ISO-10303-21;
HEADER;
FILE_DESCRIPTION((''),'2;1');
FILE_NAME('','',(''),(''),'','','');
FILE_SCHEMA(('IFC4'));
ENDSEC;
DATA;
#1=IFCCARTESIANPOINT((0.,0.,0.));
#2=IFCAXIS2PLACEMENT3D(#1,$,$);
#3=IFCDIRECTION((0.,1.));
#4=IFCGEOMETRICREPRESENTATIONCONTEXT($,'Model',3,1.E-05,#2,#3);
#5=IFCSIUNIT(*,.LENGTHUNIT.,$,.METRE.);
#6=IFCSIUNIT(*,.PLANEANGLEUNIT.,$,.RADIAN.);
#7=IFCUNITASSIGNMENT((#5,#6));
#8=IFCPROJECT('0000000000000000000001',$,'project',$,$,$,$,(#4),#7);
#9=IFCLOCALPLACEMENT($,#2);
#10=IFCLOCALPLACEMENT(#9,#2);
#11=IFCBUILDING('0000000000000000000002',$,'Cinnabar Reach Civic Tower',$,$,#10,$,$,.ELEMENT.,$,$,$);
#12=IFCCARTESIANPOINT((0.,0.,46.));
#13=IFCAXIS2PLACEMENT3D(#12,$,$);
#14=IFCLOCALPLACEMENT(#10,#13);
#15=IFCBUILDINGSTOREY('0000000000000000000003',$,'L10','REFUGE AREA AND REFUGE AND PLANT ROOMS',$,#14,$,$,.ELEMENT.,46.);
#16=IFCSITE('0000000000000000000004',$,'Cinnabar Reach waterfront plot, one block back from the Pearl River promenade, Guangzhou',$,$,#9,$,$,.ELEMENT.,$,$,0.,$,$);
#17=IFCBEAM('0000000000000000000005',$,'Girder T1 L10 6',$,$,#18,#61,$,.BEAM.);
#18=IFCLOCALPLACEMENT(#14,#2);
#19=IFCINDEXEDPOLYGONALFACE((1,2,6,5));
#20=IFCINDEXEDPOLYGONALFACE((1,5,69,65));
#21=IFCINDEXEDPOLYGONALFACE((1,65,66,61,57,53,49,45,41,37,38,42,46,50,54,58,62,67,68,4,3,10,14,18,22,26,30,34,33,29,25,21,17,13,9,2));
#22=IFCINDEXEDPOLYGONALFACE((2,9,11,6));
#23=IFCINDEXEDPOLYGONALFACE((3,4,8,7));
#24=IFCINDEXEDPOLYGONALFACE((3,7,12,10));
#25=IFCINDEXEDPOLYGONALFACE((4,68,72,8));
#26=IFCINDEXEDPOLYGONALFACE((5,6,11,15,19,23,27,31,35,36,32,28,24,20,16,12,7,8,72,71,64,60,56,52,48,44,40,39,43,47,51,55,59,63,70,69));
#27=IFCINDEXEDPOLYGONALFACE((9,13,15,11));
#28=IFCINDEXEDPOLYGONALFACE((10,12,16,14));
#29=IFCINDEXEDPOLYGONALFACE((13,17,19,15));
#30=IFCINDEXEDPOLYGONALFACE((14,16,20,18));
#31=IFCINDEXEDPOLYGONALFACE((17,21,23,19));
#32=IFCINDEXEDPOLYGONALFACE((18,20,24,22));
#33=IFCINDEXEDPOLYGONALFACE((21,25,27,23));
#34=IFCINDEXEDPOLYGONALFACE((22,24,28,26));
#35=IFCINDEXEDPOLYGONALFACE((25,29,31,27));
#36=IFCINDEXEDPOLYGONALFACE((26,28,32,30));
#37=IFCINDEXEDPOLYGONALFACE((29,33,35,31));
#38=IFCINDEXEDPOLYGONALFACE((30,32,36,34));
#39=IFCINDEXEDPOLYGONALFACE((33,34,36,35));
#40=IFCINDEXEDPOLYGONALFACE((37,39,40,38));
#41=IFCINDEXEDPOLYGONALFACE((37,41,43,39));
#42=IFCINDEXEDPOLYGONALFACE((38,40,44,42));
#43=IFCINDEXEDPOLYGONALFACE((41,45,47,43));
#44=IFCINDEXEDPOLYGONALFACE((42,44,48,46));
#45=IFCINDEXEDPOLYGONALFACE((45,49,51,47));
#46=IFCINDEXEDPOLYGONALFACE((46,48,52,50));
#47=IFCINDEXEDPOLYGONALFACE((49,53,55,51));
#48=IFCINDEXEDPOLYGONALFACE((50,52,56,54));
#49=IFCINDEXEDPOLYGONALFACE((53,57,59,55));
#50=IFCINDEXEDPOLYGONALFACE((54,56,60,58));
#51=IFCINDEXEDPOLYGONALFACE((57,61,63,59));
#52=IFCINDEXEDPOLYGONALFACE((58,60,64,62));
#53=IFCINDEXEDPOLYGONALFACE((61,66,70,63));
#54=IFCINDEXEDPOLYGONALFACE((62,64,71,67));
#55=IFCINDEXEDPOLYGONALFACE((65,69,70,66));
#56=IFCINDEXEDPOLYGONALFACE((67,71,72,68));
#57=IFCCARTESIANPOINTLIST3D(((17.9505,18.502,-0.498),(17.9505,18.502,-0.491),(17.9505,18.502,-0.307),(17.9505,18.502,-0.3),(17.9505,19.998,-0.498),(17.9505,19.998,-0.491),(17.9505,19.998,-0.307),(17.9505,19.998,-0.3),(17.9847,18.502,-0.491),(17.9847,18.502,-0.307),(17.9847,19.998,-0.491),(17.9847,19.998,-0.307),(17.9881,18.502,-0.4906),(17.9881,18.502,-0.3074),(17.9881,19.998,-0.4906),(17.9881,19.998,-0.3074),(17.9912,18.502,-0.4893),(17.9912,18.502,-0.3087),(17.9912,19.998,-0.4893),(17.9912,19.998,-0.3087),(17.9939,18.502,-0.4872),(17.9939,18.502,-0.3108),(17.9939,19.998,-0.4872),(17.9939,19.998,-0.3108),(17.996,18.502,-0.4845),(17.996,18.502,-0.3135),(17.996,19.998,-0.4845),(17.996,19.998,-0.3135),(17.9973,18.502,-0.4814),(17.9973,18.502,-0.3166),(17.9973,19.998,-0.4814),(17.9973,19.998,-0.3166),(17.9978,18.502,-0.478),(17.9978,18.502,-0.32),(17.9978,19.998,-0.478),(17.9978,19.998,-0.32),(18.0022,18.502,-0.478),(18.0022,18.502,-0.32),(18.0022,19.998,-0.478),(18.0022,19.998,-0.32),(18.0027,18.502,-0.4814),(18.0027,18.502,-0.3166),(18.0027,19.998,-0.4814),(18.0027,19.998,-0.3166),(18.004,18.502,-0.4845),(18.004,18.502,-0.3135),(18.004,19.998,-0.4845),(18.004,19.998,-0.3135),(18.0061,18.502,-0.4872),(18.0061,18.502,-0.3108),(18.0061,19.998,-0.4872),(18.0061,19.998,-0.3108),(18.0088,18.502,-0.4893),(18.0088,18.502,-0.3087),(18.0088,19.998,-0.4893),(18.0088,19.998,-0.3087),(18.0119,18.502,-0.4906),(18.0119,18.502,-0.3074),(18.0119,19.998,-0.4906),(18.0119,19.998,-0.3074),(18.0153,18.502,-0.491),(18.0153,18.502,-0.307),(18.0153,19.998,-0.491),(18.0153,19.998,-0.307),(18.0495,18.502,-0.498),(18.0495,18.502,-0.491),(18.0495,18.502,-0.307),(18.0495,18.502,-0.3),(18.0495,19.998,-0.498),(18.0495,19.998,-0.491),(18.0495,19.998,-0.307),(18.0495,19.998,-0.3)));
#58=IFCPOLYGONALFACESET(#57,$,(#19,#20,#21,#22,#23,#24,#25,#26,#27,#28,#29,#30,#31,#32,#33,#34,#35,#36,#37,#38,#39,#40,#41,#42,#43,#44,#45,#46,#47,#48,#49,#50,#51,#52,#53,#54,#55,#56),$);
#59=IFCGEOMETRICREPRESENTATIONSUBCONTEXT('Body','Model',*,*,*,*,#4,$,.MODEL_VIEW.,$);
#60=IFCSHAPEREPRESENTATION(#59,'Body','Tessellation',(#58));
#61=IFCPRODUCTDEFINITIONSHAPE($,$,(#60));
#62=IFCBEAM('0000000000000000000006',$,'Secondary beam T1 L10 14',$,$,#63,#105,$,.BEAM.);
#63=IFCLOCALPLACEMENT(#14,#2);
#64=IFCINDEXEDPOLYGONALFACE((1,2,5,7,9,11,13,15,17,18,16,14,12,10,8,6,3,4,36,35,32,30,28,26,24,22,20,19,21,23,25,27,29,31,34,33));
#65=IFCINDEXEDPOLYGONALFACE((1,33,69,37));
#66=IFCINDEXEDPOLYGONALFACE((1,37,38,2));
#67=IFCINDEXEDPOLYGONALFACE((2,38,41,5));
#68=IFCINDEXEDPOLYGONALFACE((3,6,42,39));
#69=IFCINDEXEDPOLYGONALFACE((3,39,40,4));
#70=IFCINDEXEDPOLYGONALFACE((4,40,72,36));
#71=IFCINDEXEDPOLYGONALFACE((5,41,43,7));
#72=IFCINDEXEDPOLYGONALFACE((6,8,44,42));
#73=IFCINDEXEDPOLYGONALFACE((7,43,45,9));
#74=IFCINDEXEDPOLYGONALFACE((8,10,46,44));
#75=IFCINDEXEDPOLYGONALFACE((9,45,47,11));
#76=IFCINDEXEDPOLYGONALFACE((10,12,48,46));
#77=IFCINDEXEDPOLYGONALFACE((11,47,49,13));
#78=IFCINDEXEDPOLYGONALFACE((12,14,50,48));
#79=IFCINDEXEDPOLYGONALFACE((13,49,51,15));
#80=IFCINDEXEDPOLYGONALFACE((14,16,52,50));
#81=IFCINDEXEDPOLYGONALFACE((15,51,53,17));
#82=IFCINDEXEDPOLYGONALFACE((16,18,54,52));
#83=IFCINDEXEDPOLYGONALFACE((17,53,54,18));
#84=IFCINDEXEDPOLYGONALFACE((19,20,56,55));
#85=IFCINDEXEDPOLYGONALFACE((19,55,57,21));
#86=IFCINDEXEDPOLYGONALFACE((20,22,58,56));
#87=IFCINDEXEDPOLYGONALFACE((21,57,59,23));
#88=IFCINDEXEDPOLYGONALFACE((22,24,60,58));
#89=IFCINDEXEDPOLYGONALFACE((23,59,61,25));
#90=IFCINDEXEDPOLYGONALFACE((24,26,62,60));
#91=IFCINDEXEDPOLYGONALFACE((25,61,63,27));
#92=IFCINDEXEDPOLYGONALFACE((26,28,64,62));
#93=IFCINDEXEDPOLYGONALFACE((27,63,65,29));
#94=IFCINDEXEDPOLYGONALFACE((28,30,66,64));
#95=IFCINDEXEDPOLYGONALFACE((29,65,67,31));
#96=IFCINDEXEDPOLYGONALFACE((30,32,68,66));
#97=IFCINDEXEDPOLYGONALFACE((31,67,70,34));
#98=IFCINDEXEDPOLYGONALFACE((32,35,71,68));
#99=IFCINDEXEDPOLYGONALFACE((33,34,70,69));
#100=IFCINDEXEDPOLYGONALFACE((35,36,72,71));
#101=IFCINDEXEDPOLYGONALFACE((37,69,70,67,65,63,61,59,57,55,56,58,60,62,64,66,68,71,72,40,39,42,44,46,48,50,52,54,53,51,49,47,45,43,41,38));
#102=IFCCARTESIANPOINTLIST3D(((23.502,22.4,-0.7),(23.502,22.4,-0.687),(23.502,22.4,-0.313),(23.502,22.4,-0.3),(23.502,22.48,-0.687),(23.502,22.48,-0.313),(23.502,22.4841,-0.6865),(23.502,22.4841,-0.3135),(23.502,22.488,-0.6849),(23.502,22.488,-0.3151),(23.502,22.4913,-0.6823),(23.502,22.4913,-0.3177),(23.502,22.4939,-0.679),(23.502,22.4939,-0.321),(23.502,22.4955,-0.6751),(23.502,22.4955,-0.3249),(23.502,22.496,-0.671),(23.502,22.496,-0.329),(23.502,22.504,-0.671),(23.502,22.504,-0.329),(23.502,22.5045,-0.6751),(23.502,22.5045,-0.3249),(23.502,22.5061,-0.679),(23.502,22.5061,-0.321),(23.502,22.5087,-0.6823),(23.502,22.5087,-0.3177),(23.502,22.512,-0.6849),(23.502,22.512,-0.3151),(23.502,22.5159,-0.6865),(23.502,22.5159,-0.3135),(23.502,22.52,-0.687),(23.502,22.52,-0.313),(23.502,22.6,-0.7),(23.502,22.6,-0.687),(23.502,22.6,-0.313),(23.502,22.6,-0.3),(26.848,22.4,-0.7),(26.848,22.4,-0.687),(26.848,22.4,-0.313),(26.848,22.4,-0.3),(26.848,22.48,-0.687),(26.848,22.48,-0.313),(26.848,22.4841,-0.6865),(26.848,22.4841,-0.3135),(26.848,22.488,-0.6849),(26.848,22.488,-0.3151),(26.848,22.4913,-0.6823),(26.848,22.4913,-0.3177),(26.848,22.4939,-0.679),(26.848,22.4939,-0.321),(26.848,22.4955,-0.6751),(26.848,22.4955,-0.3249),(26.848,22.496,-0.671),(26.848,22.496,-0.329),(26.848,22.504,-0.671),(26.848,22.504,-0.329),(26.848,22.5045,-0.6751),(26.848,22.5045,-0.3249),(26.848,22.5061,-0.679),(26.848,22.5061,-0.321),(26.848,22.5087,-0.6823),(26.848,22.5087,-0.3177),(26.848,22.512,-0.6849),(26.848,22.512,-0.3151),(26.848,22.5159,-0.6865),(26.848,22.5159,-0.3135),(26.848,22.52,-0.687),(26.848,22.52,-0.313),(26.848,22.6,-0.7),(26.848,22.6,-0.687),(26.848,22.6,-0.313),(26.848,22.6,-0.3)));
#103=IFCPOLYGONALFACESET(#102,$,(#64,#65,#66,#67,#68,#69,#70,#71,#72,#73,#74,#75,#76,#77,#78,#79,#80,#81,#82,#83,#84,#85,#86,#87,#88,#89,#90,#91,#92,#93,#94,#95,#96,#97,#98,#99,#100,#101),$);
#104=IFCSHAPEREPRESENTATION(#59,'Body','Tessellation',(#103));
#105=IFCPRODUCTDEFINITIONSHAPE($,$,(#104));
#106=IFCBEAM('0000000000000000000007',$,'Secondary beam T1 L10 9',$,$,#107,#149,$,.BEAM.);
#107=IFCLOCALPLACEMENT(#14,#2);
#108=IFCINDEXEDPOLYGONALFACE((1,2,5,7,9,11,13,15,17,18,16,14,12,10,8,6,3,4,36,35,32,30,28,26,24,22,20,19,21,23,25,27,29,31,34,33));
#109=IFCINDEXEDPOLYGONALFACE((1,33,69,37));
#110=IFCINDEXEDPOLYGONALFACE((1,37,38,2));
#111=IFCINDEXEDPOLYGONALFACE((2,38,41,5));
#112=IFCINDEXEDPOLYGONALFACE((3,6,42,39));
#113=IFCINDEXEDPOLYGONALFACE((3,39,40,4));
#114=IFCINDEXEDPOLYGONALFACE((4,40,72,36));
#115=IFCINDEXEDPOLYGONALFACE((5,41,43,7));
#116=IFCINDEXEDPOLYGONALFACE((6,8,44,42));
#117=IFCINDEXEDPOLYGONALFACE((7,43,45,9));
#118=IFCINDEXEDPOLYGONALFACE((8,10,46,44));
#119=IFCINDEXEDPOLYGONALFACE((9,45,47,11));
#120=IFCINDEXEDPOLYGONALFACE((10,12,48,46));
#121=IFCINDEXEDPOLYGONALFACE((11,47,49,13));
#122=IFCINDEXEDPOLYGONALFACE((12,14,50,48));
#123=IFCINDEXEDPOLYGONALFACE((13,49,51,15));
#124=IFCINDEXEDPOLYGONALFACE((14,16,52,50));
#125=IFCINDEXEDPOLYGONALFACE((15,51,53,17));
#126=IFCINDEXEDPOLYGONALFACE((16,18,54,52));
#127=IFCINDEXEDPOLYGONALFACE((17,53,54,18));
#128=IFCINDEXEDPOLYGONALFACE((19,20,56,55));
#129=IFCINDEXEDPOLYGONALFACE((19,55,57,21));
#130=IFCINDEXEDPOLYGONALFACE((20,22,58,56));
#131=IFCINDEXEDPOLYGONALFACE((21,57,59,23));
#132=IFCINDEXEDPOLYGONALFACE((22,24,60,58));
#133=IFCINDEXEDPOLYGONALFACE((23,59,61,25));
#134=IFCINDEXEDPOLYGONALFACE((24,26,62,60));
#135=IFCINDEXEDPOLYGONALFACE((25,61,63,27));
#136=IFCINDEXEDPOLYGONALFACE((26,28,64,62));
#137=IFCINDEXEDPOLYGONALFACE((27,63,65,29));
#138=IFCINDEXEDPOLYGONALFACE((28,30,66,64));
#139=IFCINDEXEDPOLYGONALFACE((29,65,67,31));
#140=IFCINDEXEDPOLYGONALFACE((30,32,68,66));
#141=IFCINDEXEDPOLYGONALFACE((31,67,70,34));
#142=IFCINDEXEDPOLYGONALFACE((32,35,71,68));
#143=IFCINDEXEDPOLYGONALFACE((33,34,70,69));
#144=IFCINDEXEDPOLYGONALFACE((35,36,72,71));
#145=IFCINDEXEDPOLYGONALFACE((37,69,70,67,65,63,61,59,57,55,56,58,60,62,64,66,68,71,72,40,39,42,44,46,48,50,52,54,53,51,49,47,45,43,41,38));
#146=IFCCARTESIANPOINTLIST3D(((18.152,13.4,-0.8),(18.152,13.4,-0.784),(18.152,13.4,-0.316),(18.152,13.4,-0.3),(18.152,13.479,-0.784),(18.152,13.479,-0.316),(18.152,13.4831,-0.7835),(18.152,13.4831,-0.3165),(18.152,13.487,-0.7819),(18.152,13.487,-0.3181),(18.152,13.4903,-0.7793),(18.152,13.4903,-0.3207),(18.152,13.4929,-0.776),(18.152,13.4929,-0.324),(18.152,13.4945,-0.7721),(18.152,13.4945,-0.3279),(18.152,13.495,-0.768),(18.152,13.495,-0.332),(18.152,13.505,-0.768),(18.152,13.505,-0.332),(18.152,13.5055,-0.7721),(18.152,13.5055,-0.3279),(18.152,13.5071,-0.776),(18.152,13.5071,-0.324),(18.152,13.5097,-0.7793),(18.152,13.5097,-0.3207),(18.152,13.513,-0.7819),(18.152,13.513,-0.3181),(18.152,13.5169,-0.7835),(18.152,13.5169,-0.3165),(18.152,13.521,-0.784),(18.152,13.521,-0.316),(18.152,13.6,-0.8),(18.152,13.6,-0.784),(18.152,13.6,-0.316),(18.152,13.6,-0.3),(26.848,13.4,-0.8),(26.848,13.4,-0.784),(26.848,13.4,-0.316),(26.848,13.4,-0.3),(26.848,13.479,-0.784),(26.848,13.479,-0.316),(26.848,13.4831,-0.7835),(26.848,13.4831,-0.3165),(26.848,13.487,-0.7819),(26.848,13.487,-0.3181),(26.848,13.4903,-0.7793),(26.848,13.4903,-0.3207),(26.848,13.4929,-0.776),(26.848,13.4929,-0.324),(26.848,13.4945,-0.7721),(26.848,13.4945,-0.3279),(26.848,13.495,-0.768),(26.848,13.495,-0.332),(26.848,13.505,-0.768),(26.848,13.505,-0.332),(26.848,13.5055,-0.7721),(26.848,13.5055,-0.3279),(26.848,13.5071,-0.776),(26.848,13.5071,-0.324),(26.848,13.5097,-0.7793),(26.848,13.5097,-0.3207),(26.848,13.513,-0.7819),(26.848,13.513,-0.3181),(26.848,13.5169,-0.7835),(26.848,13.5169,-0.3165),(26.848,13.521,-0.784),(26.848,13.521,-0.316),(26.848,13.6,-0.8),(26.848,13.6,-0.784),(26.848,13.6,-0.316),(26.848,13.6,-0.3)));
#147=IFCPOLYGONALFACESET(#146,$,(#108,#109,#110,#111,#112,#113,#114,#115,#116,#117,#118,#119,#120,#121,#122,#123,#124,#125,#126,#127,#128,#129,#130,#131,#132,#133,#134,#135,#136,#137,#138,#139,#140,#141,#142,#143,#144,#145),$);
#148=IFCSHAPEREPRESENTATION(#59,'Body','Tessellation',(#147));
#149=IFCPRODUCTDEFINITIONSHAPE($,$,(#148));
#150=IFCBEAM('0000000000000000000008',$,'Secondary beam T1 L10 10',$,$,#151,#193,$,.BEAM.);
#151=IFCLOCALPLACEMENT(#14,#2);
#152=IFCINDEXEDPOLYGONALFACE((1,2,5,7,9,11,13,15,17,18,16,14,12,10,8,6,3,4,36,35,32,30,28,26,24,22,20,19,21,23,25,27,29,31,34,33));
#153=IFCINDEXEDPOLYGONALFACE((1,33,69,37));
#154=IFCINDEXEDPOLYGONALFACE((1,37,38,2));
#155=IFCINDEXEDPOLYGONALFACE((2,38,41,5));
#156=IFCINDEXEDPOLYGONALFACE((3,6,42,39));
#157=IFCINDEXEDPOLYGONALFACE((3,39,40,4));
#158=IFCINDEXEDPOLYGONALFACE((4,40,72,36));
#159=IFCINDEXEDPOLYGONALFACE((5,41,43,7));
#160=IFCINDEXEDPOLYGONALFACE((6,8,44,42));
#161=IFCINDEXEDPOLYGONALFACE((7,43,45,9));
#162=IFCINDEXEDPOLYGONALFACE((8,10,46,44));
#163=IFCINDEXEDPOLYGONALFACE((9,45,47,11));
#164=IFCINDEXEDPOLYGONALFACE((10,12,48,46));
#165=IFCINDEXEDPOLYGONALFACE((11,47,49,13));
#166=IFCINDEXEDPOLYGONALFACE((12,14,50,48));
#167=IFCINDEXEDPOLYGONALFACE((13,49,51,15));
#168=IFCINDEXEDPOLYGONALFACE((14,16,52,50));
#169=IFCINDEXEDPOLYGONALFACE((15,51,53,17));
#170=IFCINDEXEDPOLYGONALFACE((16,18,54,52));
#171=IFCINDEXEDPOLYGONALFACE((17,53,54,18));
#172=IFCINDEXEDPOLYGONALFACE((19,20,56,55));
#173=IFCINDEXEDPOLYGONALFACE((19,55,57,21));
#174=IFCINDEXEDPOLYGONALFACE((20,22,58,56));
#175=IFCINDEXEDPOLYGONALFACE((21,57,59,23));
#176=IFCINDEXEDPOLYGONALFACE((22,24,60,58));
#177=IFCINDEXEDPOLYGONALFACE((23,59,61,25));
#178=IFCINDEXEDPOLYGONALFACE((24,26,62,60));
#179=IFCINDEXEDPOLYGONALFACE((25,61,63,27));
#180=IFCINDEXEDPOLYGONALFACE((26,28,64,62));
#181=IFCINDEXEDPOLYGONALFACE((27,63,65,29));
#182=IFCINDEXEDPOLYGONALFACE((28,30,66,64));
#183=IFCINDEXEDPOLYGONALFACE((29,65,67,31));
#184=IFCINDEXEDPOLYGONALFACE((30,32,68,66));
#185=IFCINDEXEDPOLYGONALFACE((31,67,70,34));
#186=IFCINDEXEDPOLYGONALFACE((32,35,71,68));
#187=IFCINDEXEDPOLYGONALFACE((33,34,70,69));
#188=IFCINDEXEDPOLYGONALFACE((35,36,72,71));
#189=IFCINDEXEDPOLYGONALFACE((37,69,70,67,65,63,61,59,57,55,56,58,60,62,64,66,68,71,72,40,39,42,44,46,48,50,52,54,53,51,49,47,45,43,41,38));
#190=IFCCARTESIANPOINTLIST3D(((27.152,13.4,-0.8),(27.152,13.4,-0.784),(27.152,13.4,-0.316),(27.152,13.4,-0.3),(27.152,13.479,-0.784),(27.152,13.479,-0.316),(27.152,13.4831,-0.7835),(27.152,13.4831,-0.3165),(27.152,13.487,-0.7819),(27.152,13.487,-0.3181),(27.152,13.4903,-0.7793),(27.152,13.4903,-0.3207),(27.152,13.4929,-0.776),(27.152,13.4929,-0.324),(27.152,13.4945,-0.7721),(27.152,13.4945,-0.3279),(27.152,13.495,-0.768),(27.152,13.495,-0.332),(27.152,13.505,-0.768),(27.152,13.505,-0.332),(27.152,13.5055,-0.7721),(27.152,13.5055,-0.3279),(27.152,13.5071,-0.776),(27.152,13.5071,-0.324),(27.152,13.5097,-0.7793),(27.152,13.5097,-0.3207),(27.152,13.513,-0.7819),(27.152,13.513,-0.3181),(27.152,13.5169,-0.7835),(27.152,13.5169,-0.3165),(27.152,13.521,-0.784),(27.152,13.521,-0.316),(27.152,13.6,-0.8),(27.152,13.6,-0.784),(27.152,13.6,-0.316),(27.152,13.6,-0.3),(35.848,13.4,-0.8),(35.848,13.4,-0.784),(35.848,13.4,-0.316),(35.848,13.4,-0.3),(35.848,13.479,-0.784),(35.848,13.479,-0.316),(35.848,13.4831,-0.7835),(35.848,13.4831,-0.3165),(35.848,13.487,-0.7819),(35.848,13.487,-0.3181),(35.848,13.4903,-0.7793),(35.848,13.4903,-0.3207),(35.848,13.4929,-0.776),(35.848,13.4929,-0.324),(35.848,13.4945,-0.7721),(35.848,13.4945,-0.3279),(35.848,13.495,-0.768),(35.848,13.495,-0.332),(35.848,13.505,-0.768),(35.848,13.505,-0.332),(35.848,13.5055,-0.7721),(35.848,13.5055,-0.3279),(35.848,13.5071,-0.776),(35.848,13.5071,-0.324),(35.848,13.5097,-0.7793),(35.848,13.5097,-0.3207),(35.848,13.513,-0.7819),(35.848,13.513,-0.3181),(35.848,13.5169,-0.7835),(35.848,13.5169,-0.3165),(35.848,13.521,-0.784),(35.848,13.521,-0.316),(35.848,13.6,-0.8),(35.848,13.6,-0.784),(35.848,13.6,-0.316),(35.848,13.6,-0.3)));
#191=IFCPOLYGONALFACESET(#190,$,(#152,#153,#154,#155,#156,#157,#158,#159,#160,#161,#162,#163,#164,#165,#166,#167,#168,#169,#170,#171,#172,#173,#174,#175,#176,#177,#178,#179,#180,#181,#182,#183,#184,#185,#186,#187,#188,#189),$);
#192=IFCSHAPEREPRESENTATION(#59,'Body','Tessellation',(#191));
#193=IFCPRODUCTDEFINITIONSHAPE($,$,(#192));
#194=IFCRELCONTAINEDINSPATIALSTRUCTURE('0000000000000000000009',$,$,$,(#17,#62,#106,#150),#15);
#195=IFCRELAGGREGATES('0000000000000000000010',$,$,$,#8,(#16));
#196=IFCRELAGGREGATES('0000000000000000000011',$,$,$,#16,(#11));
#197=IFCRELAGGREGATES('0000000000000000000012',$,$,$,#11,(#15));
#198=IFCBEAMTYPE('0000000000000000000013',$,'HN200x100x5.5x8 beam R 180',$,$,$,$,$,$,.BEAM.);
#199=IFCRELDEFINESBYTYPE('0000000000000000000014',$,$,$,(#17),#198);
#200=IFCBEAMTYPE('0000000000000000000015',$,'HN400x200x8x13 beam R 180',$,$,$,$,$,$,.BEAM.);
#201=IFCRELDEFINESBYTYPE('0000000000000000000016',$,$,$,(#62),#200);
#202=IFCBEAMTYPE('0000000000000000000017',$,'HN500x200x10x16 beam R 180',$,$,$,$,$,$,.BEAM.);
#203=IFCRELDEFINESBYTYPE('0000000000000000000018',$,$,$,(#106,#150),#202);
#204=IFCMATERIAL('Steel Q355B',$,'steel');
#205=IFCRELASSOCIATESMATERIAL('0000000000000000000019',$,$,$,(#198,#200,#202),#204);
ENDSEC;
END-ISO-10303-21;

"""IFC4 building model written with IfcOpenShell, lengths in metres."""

from ifc_helpers import new_model, si_unit, direction, frame, origin, origin_2d, place, context, subcontext, project, spatial, i_section, extrude, material, material_profile, profile_set, type_object, element, save


model = new_model("IFC4")

# Units and contexts
model_context = context("Model", 3, precision=1e-05, world=origin(), true_north=direction((0.0, 1.0)))
body_context = subcontext(model_context, "Body", "Model", "MODEL_VIEW")
ifc_project = project(units=[si_unit("LENGTHUNIT", "METRE"), si_unit("PLANEANGLEUNIT", "RADIAN")], contexts=[model_context])

# Site, building, storey
site_placement = place(None, origin())
site = spatial("IfcSite", under=ifc_project, at=site_placement, Name="Cinnabar Reach waterfront plot, one block back from the Pearl River promenade, Guangzhou", CompositionType="ELEMENT", RefElevation=0.0)
building_placement = place(site_placement, origin())
building = spatial("IfcBuilding", under=site, at=building_placement, Name="Cinnabar Reach Civic Tower", CompositionType="ELEMENT")
storey_placement = place(building_placement, frame((0.0, 0.0, 46.0)))
storey = spatial("IfcBuildingStorey", under=building, at=storey_placement, Name="L10", Description="REFUGE AREA AND REFUGE AND PLANT ROOMS", CompositionType="ELEMENT", Elevation=46.0)

# Shared definitions
ifc_material_1 = material(Name="Steel Q355B", Category="steel")

# Beams
ifc_material_profile_1 = material_profile(ifc_material_1, i_section(OverallWidth=0.099, OverallDepth=0.198, WebThickness=0.0045, FlangeThickness=0.007, FilletRadius=0.013, at=origin_2d()), Name="HN200x100x5.5x8")
ifc_profile_set_1 = profile_set([ifc_material_profile_1], Name="Steel Q355B")
beam_type_1 = type_object("IfcBeamType", Name="HN200x100x5.5x8 beam R 180", PredefinedType="BEAM", material=ifc_profile_set_1)
beam_1_placement = place(storey_placement, frame((18.0, 18.502, -0.399), z_axis=(0.0, 1.0, 0.0), x_axis=(-1.0, 0.0, 0.0)))
element("IfcBeam", 1, at=beam_1_placement, inside=storey, type_object=beam_type_1, Name="Girder T1 L10 6", PredefinedType="BEAM", context=body_context, shape_type="SweptSolid", body=[
    extrude(i_section(OverallWidth=0.099, OverallDepth=0.198, WebThickness=0.0045, FlangeThickness=0.007, FilletRadius=0.013, at=origin_2d()), origin(), (0.0, 0.0, 1.0), 1.496),
])
ifc_material_profile_2 = material_profile(ifc_material_1, i_section(OverallWidth=0.2, OverallDepth=0.4, WebThickness=0.008, FlangeThickness=0.013, FilletRadius=0.016, at=origin_2d()), Name="HN400x200x8x13")
ifc_profile_set_2 = profile_set([ifc_material_profile_2], Name="Steel Q355B")
beam_type_2 = type_object("IfcBeamType", Name="HN400x200x8x13 beam R 180", PredefinedType="BEAM", material=ifc_profile_set_2)
beam_2_placement = place(storey_placement, frame((23.502, 22.5, -0.5), z_axis=(1.0, 0.0, 0.0), x_axis=(0.0, 1.0, 0.0)))
element("IfcBeam", 2, at=beam_2_placement, inside=storey, type_object=beam_type_2, Name="Secondary beam T1 L10 14", PredefinedType="BEAM", context=body_context, shape_type="SweptSolid", body=[
    extrude(i_section(OverallWidth=0.2, OverallDepth=0.4, WebThickness=0.008, FlangeThickness=0.013, FilletRadius=0.016, at=origin_2d()), origin(), (0.0, 0.0, 1.0), 3.346),
])
ifc_material_profile_3 = material_profile(ifc_material_1, i_section(OverallWidth=0.2, OverallDepth=0.5, WebThickness=0.01, FlangeThickness=0.016, FilletRadius=0.016, at=origin_2d()), Name="HN500x200x10x16")
ifc_profile_set_3 = profile_set([ifc_material_profile_3], Name="Steel Q355B")
beam_type_3 = type_object("IfcBeamType", Name="HN500x200x10x16 beam R 180", PredefinedType="BEAM", material=ifc_profile_set_3)
for number, where, z_axis, x_axis, name in (
    (3, (18.152, 13.5, -0.55), (1.0, 0.0, 0.0), (0.0, 1.0, 0.0), "Secondary beam T1 L10 9"),
    (4, (27.152, 13.5, -0.55), (1.0, 0.0, 0.0), (0.0, 1.0, 0.0), "Secondary beam T1 L10 10"),
):
    element("IfcBeam", number, at=place(storey_placement, frame(where, z_axis=z_axis, x_axis=x_axis)), inside=storey, type_object=beam_type_3, Name=name, PredefinedType="BEAM", context=body_context, shape_type="SweptSolid", body=[
        extrude(i_section(OverallWidth=0.2, OverallDepth=0.5, WebThickness=0.01, FlangeThickness=0.016, FilletRadius=0.016, at=origin_2d()), origin(), (0.0, 0.0, 1.0), 8.696),
    ])

save(model, "model.ifc")
